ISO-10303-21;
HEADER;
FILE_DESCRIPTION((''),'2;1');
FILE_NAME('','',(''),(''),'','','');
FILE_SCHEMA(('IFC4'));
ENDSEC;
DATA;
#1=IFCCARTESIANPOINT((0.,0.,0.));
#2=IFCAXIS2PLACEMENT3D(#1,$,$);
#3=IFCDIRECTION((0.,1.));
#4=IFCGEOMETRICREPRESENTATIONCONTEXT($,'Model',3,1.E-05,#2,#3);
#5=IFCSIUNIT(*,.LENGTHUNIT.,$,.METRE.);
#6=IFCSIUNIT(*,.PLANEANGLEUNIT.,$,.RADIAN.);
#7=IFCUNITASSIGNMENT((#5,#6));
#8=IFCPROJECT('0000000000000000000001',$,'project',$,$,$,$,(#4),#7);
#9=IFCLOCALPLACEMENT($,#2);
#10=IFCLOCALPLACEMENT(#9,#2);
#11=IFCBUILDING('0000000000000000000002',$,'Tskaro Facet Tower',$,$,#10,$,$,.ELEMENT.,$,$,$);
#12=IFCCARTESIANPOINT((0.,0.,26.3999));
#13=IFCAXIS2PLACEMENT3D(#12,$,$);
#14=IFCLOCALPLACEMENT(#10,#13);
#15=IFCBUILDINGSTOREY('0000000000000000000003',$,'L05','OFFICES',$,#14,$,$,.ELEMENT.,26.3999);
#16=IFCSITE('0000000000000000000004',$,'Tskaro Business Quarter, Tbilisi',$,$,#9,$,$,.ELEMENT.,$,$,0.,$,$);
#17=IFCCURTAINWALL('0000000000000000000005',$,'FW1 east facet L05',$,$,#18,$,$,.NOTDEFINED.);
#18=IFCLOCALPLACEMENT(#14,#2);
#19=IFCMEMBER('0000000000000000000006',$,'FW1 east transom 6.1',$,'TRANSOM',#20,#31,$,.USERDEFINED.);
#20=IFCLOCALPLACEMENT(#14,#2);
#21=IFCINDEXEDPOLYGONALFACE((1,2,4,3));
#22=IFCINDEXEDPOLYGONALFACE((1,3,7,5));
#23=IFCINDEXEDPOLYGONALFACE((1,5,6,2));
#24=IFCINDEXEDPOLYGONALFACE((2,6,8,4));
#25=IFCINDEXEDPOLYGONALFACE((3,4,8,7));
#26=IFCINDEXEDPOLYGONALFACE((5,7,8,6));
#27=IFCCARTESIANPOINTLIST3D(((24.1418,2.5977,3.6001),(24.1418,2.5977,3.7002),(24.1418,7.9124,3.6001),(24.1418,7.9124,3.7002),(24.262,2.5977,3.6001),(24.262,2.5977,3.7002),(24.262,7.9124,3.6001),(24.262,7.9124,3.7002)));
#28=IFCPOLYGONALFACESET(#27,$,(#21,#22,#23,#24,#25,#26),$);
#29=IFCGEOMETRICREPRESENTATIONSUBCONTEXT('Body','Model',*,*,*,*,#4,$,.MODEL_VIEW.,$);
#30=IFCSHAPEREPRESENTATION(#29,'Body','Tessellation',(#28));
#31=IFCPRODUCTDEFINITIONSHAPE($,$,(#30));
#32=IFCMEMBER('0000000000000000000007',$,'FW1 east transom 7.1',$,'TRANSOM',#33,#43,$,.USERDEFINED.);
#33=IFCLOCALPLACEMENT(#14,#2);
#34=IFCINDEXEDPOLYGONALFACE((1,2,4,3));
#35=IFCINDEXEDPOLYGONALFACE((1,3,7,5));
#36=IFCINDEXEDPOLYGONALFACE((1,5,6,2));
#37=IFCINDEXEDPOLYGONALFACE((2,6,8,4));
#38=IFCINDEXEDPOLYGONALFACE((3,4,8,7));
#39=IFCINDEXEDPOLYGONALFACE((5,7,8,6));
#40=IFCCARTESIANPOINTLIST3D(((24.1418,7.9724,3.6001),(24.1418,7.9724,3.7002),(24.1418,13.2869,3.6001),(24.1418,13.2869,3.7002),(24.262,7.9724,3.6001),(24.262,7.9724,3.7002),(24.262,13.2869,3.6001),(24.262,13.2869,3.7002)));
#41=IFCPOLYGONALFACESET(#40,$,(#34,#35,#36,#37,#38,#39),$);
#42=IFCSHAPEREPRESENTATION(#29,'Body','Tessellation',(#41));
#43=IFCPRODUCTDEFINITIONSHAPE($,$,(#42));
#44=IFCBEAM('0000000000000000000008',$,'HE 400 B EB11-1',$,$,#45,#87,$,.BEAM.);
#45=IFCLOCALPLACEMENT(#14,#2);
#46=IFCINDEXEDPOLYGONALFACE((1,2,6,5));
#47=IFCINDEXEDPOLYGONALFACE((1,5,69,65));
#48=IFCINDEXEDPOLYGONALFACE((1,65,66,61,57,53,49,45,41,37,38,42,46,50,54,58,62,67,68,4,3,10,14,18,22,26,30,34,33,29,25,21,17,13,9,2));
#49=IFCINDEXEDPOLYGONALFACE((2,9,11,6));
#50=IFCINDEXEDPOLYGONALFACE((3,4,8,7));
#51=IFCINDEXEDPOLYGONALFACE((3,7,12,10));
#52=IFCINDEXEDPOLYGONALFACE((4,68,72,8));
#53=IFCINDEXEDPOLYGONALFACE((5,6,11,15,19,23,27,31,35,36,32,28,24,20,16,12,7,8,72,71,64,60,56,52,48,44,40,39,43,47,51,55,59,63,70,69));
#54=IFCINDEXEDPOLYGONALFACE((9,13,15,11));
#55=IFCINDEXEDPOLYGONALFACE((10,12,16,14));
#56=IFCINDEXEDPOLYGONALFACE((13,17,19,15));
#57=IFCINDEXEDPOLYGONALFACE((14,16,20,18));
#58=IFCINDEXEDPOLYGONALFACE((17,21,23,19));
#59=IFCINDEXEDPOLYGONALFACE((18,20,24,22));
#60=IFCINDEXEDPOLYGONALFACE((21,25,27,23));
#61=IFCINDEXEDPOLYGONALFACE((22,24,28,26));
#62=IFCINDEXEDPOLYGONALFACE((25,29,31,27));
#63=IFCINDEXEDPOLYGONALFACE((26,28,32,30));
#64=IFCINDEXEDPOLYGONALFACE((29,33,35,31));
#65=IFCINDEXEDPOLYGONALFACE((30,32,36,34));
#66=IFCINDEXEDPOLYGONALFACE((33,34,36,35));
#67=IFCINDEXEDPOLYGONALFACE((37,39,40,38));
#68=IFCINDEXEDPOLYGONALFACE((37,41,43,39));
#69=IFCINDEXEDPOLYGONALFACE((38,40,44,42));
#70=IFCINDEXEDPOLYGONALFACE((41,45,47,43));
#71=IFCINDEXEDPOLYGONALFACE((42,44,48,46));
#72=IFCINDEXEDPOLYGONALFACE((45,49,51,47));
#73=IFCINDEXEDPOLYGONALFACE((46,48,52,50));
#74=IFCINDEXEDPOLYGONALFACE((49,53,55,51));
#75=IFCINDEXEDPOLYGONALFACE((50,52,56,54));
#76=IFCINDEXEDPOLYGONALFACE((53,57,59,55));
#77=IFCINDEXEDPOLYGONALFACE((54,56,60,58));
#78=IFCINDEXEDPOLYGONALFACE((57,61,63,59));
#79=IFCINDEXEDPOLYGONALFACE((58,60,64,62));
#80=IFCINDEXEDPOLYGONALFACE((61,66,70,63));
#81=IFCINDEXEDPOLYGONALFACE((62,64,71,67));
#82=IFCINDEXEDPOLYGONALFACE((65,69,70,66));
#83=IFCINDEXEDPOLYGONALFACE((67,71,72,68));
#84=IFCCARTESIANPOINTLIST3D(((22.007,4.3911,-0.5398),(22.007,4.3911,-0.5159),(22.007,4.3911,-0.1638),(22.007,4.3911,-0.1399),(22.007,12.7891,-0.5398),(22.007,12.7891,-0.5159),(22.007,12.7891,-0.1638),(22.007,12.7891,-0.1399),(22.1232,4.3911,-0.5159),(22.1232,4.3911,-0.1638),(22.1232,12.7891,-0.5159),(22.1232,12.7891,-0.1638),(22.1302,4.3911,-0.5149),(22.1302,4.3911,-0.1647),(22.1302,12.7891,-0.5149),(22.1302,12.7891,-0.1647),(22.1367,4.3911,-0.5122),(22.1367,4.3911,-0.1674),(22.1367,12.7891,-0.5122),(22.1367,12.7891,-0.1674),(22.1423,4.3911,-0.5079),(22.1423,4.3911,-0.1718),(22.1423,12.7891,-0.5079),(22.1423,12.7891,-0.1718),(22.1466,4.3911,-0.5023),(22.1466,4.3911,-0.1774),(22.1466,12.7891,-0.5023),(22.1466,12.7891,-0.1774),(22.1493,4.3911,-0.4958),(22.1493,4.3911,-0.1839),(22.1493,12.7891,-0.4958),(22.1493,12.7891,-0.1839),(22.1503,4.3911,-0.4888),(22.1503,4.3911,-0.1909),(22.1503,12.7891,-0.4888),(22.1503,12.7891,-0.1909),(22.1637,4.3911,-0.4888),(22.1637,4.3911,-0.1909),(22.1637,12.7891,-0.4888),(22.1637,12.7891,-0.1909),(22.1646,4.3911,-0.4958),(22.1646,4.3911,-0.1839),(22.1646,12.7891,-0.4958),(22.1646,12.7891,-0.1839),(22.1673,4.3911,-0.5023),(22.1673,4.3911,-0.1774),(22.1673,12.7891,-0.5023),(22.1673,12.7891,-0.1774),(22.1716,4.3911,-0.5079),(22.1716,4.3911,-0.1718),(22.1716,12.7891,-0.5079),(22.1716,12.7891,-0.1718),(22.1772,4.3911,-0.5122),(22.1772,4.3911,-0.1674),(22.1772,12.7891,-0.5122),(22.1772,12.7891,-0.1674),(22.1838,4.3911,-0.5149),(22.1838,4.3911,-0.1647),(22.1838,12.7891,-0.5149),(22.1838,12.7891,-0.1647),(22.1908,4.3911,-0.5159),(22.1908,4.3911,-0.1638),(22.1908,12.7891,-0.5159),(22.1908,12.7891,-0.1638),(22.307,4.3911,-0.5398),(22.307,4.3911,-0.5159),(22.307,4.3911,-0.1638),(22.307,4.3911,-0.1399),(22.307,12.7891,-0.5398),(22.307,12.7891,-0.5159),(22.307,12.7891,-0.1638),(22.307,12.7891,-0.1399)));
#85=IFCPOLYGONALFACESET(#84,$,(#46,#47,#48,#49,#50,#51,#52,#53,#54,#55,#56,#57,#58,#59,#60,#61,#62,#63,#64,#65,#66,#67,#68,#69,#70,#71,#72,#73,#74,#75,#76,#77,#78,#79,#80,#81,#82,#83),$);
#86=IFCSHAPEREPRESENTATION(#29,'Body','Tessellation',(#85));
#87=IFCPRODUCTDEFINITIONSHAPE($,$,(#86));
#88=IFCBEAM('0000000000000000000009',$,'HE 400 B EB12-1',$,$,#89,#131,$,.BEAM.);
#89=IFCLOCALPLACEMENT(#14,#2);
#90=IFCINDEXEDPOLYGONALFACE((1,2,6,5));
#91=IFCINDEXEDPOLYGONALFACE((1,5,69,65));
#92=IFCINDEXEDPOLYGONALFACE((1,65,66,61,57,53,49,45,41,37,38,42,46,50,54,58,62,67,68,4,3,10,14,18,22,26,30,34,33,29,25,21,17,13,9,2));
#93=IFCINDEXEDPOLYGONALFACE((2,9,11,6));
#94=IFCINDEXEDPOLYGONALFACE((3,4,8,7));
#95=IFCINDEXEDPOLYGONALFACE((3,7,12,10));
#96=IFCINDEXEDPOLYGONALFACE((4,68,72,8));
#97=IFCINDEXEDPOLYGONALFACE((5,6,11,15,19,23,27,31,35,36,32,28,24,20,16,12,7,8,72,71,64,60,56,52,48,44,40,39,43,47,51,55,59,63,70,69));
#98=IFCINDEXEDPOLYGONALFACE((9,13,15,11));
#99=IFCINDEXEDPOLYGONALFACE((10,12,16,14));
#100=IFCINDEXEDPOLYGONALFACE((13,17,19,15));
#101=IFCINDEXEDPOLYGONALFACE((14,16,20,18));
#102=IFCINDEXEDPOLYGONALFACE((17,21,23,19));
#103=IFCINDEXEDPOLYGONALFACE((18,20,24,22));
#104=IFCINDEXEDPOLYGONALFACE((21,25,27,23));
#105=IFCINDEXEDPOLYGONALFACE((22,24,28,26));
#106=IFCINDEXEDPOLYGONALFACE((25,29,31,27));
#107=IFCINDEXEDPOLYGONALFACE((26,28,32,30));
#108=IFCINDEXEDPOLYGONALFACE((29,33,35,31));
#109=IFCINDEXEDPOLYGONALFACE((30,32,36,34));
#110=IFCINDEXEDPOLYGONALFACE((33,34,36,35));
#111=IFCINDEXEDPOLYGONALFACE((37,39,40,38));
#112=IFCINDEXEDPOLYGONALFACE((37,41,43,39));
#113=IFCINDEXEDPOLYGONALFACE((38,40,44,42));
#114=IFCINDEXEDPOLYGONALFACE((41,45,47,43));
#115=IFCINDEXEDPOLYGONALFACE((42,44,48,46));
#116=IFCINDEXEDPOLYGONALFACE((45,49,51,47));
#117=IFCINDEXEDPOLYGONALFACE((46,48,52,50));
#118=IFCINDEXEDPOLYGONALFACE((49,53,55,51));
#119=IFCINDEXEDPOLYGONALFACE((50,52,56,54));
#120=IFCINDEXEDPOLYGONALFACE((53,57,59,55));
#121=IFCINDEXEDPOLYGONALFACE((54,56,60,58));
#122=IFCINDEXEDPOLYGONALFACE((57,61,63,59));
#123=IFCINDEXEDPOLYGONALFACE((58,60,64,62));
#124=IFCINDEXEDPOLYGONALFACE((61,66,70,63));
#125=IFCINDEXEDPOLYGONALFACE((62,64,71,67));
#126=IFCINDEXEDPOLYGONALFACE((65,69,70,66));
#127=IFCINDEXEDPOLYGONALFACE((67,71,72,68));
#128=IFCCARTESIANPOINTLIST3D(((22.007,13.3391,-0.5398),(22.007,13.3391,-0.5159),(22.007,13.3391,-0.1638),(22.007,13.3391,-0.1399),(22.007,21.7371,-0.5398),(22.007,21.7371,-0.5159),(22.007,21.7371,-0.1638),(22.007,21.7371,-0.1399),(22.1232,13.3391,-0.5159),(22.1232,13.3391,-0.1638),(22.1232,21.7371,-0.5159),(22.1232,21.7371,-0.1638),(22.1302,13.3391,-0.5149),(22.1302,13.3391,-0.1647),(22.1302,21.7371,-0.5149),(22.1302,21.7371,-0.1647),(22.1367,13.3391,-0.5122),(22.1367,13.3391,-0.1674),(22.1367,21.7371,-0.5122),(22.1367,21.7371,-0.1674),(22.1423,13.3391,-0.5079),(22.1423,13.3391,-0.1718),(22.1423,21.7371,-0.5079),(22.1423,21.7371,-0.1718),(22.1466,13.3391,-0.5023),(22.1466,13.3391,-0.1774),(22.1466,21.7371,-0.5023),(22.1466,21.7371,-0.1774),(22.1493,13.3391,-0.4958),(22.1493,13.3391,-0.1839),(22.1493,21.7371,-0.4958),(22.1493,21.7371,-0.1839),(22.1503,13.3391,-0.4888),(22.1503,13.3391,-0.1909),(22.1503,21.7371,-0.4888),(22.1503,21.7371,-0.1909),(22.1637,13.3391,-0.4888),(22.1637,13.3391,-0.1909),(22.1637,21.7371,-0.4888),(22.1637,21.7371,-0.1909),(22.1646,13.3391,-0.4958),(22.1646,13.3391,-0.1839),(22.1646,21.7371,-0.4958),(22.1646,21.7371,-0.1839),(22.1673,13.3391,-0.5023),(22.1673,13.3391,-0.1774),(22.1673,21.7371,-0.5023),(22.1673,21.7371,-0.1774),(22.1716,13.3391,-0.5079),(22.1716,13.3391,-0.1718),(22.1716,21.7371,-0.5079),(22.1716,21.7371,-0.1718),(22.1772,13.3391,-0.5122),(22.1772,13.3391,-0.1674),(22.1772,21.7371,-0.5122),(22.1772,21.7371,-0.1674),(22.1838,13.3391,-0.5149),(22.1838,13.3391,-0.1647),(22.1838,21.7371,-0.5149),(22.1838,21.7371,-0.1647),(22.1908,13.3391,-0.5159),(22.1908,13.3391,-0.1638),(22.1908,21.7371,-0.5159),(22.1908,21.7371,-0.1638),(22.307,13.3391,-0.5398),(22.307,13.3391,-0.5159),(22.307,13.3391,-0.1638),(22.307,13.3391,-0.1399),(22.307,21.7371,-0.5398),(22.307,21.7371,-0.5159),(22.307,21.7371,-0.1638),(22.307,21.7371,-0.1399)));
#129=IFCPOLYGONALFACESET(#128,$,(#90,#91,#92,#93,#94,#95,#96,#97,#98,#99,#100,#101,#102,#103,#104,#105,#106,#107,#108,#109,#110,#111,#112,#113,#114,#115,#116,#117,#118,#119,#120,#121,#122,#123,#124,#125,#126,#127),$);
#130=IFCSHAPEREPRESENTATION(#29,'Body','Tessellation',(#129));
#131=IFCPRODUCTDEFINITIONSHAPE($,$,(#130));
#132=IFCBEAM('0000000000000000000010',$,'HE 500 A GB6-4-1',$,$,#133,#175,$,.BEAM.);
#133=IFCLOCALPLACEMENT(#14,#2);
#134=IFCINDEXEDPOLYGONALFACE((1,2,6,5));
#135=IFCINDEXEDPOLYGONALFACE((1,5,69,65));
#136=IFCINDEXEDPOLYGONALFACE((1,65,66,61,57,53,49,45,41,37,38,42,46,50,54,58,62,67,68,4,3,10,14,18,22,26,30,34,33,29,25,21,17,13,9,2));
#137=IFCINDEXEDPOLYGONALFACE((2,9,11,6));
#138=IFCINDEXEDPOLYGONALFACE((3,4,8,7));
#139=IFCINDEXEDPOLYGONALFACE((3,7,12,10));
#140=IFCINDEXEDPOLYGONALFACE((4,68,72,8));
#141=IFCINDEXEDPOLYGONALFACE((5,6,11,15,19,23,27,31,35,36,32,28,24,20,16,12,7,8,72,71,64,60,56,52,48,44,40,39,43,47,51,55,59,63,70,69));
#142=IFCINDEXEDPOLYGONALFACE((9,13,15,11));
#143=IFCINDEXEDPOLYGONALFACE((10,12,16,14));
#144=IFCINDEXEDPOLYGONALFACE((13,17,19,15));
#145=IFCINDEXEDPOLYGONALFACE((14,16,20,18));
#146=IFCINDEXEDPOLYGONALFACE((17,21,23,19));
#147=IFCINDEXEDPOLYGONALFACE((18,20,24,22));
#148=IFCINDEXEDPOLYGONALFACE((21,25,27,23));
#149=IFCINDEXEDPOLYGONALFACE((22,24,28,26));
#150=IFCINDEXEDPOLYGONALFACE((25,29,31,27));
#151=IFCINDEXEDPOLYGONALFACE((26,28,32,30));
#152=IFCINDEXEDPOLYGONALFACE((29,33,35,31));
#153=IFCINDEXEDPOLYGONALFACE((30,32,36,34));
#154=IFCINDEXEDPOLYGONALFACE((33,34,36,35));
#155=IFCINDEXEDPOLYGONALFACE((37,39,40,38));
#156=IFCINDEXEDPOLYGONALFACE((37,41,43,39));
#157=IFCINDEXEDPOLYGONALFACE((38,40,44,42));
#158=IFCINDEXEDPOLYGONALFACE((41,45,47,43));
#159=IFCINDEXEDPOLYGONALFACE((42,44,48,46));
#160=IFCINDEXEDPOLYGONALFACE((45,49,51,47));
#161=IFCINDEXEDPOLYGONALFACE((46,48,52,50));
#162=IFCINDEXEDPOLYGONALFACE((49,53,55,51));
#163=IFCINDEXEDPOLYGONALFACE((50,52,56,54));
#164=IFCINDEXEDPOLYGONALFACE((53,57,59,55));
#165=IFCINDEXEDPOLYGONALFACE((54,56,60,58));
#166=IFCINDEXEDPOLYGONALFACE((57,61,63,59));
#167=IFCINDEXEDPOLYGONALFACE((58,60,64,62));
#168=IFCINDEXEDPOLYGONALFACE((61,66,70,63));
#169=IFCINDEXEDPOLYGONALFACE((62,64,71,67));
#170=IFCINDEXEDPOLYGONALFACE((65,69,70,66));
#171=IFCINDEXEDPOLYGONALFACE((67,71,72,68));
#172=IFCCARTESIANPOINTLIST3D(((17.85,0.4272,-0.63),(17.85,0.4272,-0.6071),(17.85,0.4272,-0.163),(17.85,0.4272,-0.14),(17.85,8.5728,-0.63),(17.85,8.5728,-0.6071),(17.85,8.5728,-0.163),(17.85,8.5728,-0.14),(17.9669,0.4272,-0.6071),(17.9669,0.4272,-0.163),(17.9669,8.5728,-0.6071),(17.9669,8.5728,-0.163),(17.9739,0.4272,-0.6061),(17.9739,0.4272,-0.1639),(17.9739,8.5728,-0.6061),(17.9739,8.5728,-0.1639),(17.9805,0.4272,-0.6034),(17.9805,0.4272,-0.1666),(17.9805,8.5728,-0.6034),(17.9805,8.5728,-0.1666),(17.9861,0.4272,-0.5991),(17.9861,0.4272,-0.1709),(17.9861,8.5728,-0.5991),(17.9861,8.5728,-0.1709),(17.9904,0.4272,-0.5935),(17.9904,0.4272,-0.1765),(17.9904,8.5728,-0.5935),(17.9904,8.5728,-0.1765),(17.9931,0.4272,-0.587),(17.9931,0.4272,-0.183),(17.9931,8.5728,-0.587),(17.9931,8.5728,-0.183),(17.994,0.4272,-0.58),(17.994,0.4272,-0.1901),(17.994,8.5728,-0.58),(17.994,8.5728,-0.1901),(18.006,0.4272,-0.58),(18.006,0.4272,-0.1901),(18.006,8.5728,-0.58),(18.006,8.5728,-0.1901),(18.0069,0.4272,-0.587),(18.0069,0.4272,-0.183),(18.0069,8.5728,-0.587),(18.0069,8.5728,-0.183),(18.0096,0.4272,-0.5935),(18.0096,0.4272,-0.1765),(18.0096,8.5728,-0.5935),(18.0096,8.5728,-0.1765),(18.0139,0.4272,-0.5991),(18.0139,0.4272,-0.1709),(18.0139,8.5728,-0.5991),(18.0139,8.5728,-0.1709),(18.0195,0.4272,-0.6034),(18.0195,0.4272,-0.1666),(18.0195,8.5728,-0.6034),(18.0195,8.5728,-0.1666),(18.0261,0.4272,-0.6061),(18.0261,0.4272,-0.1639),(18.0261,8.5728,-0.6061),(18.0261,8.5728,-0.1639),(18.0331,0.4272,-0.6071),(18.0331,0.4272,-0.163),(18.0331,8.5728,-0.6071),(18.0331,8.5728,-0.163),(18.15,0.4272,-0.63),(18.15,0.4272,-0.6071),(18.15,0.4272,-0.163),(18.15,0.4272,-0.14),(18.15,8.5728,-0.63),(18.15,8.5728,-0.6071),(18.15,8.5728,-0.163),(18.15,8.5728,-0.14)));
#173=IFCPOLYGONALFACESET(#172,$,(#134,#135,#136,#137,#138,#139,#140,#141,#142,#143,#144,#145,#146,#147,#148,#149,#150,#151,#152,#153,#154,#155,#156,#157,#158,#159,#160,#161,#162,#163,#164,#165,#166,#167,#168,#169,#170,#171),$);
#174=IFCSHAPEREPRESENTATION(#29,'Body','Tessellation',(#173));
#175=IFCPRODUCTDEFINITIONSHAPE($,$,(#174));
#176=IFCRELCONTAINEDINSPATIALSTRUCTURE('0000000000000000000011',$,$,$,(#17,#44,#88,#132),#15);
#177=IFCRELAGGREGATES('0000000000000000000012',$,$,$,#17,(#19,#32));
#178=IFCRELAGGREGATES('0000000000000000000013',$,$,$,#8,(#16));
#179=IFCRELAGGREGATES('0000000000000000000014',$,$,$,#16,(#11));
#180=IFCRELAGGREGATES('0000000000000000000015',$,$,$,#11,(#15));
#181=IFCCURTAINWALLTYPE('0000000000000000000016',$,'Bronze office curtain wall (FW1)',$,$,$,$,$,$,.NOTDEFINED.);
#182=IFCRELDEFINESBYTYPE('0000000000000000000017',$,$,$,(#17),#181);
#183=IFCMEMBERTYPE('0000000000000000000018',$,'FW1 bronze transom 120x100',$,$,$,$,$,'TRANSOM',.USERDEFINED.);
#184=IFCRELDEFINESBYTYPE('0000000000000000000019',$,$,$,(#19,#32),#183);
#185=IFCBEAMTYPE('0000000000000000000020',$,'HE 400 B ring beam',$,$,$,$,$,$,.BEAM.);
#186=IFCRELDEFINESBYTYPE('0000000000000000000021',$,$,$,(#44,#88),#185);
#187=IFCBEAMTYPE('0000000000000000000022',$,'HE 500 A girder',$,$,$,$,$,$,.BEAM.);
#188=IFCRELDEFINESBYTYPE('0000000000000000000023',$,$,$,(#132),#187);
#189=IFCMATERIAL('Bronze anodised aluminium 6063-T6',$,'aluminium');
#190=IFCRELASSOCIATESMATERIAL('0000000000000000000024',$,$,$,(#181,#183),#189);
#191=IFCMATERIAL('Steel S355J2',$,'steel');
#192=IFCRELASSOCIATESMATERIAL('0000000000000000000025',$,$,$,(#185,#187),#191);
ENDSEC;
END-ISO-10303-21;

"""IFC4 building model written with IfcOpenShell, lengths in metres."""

from ifc_helpers import new_model, si_unit, direction, frame, origin, origin_2d, place, context, subcontext, project, spatial, rectangle, i_section, extrude, material, material_profile, profile_set, type_object, element, aggregate, save


model = new_model("IFC4")

# Units and contexts
model_context = context("Model", 3, precision=1e-05, world=origin(), true_north=direction((0.0, 1.0)))
body_context = subcontext(model_context, "Body", "Model", "MODEL_VIEW")
ifc_project = project(units=[si_unit("LENGTHUNIT", "METRE"), si_unit("PLANEANGLEUNIT", "RADIAN")], contexts=[model_context])

# Site, building, storey
site_placement = place(None, origin())
site = spatial("IfcSite", under=ifc_project, at=site_placement, Name="Tskaro Business Quarter, Tbilisi", CompositionType="ELEMENT", RefElevation=0.0)
building_placement = place(site_placement, origin())
building = spatial("IfcBuilding", under=site, at=building_placement, Name="Tskaro Facet Tower", CompositionType="ELEMENT")
storey_placement = place(building_placement, frame((0.0, 0.0, 26.3999)))
storey = spatial("IfcBuildingStorey", under=building, at=storey_placement, Name="L05", Description="OFFICES", CompositionType="ELEMENT", Elevation=26.3999)

# Curtain wall, members
ifc_material_1 = material(Name="Bronze anodised aluminium 6063-T6", Category="aluminium")
curtain_wall_type = type_object("IfcCurtainWallType", Name="Bronze office curtain wall (FW1)", PredefinedType="NOTDEFINED", material=ifc_material_1)
curtain_wall_placement = place(storey_placement, origin())
curtain_wall = element("IfcCurtainWall", 1, at=curtain_wall_placement, inside=storey, type_object=curtain_wall_type, Name="FW1 east facet L05", PredefinedType="NOTDEFINED")
ifc_material_profile_1 = material_profile(ifc_material_1, rectangle(XDim=0.1201, YDim=0.1001, at=origin_2d()), Name="Transom 120x100")
ifc_profile_set_1 = profile_set([ifc_material_profile_1], Name="Bronze anodised aluminium 6063-T6")
member_type_1 = type_object("IfcMemberType", Name="FW1 bronze transom 120x100", ElementType="TRANSOM", PredefinedType="USERDEFINED", material=ifc_profile_set_1)
member_1_placement = place(storey_placement, frame((24.2019, 2.5977, 3.6501), z_axis=(0.0, 1.0, 0.0), x_axis=(-1.0, 0.0, 0.0)))
member_1 = element("IfcMember", 2, at=member_1_placement, type_object=member_type_1, Name="FW1 east transom 6.1", ObjectType="TRANSOM", PredefinedType="USERDEFINED", context=body_context, shape_type="SweptSolid", body=[
    extrude(rectangle(XDim=0.1201, YDim=0.1001, at=origin_2d()), origin(), (0.0, 0.0, 1.0), 5.3147),
])
member_2_placement = place(storey_placement, frame((24.2019, 7.9724, 3.6501), z_axis=(0.0, 1.0, 0.0), x_axis=(-1.0, 0.0, 0.0)))
member_2 = element("IfcMember", 3, at=member_2_placement, type_object=member_type_1, Name="FW1 east transom 7.1", ObjectType="TRANSOM", PredefinedType="USERDEFINED", context=body_context, shape_type="SweptSolid", body=[
    extrude(rectangle(XDim=0.1201, YDim=0.1001, at=origin_2d()), origin(), (0.0, 0.0, 1.0), 5.3145),
])

# Beams
ifc_material_2 = material(Name="Steel S355J2", Category="steel")
ifc_material_profile_2 = material_profile(ifc_material_2, i_section(OverallWidth=0.3, OverallDepth=0.3999, WebThickness=0.0134, FlangeThickness=0.0239, FilletRadius=0.0271, at=origin_2d()), Name="HE 400 B")
ifc_profile_set_2 = profile_set([ifc_material_profile_2], Name="Steel S355J2")
beam_type_1 = type_object("IfcBeamType", Name="HE 400 B ring beam", PredefinedType="BEAM", material=ifc_profile_set_2)
for number, where, z_axis, x_axis, name in (
    (4, (22.157, 4.3911, -0.3398), (0.0, 1.0, 0.0), (-1.0, 0.0, 0.0), "HE 400 B EB11-1"),
    (5, (22.157, 13.3391, -0.3398), (0.0, 1.0, 0.0), (-1.0, 0.0, 0.0), "HE 400 B EB12-1"),
):
    element("IfcBeam", number, at=place(storey_placement, frame(where, z_axis=z_axis, x_axis=x_axis)), inside=storey, type_object=beam_type_1, Name=name, PredefinedType="BEAM", context=body_context, shape_type="SweptSolid", body=[
        extrude(i_section(OverallWidth=0.3, OverallDepth=0.3999, WebThickness=0.0134, FlangeThickness=0.0239, FilletRadius=0.0271, at=origin_2d()), origin(), (0.0, 0.0, 1.0), 8.3979),
    ])
ifc_material_profile_3 = material_profile(ifc_material_2, i_section(OverallWidth=0.3, OverallDepth=0.49, WebThickness=0.012, FlangeThickness=0.0229, FilletRadius=0.0271, at=origin_2d()), Name="HE 500 A")
ifc_profile_set_3 = profile_set([ifc_material_profile_3], Name="Steel S355J2")
beam_type_2 = type_object("IfcBeamType", Name="HE 500 A girder", PredefinedType="BEAM", material=ifc_profile_set_3)
for number, where, z_axis, x_axis, name in (
    (6, (18.0, 0.4272, -0.385), (0.0, 1.0, 0.0), (-1.0, 0.0, 0.0), "HE 500 A GB6-4-1"),
):
    element("IfcBeam", number, at=place(storey_placement, frame(where, z_axis=z_axis, x_axis=x_axis)), inside=storey, type_object=beam_type_2, Name=name, PredefinedType="BEAM", context=body_context, shape_type="SweptSolid", body=[
        extrude(i_section(OverallWidth=0.3, OverallDepth=0.49, WebThickness=0.012, FlangeThickness=0.0229, FilletRadius=0.0271, at=origin_2d()), origin(), (0.0, 0.0, 1.0), 8.1455),
    ])

aggregate(curtain_wall, [member_1, member_2])

save(model, "model.ifc")
